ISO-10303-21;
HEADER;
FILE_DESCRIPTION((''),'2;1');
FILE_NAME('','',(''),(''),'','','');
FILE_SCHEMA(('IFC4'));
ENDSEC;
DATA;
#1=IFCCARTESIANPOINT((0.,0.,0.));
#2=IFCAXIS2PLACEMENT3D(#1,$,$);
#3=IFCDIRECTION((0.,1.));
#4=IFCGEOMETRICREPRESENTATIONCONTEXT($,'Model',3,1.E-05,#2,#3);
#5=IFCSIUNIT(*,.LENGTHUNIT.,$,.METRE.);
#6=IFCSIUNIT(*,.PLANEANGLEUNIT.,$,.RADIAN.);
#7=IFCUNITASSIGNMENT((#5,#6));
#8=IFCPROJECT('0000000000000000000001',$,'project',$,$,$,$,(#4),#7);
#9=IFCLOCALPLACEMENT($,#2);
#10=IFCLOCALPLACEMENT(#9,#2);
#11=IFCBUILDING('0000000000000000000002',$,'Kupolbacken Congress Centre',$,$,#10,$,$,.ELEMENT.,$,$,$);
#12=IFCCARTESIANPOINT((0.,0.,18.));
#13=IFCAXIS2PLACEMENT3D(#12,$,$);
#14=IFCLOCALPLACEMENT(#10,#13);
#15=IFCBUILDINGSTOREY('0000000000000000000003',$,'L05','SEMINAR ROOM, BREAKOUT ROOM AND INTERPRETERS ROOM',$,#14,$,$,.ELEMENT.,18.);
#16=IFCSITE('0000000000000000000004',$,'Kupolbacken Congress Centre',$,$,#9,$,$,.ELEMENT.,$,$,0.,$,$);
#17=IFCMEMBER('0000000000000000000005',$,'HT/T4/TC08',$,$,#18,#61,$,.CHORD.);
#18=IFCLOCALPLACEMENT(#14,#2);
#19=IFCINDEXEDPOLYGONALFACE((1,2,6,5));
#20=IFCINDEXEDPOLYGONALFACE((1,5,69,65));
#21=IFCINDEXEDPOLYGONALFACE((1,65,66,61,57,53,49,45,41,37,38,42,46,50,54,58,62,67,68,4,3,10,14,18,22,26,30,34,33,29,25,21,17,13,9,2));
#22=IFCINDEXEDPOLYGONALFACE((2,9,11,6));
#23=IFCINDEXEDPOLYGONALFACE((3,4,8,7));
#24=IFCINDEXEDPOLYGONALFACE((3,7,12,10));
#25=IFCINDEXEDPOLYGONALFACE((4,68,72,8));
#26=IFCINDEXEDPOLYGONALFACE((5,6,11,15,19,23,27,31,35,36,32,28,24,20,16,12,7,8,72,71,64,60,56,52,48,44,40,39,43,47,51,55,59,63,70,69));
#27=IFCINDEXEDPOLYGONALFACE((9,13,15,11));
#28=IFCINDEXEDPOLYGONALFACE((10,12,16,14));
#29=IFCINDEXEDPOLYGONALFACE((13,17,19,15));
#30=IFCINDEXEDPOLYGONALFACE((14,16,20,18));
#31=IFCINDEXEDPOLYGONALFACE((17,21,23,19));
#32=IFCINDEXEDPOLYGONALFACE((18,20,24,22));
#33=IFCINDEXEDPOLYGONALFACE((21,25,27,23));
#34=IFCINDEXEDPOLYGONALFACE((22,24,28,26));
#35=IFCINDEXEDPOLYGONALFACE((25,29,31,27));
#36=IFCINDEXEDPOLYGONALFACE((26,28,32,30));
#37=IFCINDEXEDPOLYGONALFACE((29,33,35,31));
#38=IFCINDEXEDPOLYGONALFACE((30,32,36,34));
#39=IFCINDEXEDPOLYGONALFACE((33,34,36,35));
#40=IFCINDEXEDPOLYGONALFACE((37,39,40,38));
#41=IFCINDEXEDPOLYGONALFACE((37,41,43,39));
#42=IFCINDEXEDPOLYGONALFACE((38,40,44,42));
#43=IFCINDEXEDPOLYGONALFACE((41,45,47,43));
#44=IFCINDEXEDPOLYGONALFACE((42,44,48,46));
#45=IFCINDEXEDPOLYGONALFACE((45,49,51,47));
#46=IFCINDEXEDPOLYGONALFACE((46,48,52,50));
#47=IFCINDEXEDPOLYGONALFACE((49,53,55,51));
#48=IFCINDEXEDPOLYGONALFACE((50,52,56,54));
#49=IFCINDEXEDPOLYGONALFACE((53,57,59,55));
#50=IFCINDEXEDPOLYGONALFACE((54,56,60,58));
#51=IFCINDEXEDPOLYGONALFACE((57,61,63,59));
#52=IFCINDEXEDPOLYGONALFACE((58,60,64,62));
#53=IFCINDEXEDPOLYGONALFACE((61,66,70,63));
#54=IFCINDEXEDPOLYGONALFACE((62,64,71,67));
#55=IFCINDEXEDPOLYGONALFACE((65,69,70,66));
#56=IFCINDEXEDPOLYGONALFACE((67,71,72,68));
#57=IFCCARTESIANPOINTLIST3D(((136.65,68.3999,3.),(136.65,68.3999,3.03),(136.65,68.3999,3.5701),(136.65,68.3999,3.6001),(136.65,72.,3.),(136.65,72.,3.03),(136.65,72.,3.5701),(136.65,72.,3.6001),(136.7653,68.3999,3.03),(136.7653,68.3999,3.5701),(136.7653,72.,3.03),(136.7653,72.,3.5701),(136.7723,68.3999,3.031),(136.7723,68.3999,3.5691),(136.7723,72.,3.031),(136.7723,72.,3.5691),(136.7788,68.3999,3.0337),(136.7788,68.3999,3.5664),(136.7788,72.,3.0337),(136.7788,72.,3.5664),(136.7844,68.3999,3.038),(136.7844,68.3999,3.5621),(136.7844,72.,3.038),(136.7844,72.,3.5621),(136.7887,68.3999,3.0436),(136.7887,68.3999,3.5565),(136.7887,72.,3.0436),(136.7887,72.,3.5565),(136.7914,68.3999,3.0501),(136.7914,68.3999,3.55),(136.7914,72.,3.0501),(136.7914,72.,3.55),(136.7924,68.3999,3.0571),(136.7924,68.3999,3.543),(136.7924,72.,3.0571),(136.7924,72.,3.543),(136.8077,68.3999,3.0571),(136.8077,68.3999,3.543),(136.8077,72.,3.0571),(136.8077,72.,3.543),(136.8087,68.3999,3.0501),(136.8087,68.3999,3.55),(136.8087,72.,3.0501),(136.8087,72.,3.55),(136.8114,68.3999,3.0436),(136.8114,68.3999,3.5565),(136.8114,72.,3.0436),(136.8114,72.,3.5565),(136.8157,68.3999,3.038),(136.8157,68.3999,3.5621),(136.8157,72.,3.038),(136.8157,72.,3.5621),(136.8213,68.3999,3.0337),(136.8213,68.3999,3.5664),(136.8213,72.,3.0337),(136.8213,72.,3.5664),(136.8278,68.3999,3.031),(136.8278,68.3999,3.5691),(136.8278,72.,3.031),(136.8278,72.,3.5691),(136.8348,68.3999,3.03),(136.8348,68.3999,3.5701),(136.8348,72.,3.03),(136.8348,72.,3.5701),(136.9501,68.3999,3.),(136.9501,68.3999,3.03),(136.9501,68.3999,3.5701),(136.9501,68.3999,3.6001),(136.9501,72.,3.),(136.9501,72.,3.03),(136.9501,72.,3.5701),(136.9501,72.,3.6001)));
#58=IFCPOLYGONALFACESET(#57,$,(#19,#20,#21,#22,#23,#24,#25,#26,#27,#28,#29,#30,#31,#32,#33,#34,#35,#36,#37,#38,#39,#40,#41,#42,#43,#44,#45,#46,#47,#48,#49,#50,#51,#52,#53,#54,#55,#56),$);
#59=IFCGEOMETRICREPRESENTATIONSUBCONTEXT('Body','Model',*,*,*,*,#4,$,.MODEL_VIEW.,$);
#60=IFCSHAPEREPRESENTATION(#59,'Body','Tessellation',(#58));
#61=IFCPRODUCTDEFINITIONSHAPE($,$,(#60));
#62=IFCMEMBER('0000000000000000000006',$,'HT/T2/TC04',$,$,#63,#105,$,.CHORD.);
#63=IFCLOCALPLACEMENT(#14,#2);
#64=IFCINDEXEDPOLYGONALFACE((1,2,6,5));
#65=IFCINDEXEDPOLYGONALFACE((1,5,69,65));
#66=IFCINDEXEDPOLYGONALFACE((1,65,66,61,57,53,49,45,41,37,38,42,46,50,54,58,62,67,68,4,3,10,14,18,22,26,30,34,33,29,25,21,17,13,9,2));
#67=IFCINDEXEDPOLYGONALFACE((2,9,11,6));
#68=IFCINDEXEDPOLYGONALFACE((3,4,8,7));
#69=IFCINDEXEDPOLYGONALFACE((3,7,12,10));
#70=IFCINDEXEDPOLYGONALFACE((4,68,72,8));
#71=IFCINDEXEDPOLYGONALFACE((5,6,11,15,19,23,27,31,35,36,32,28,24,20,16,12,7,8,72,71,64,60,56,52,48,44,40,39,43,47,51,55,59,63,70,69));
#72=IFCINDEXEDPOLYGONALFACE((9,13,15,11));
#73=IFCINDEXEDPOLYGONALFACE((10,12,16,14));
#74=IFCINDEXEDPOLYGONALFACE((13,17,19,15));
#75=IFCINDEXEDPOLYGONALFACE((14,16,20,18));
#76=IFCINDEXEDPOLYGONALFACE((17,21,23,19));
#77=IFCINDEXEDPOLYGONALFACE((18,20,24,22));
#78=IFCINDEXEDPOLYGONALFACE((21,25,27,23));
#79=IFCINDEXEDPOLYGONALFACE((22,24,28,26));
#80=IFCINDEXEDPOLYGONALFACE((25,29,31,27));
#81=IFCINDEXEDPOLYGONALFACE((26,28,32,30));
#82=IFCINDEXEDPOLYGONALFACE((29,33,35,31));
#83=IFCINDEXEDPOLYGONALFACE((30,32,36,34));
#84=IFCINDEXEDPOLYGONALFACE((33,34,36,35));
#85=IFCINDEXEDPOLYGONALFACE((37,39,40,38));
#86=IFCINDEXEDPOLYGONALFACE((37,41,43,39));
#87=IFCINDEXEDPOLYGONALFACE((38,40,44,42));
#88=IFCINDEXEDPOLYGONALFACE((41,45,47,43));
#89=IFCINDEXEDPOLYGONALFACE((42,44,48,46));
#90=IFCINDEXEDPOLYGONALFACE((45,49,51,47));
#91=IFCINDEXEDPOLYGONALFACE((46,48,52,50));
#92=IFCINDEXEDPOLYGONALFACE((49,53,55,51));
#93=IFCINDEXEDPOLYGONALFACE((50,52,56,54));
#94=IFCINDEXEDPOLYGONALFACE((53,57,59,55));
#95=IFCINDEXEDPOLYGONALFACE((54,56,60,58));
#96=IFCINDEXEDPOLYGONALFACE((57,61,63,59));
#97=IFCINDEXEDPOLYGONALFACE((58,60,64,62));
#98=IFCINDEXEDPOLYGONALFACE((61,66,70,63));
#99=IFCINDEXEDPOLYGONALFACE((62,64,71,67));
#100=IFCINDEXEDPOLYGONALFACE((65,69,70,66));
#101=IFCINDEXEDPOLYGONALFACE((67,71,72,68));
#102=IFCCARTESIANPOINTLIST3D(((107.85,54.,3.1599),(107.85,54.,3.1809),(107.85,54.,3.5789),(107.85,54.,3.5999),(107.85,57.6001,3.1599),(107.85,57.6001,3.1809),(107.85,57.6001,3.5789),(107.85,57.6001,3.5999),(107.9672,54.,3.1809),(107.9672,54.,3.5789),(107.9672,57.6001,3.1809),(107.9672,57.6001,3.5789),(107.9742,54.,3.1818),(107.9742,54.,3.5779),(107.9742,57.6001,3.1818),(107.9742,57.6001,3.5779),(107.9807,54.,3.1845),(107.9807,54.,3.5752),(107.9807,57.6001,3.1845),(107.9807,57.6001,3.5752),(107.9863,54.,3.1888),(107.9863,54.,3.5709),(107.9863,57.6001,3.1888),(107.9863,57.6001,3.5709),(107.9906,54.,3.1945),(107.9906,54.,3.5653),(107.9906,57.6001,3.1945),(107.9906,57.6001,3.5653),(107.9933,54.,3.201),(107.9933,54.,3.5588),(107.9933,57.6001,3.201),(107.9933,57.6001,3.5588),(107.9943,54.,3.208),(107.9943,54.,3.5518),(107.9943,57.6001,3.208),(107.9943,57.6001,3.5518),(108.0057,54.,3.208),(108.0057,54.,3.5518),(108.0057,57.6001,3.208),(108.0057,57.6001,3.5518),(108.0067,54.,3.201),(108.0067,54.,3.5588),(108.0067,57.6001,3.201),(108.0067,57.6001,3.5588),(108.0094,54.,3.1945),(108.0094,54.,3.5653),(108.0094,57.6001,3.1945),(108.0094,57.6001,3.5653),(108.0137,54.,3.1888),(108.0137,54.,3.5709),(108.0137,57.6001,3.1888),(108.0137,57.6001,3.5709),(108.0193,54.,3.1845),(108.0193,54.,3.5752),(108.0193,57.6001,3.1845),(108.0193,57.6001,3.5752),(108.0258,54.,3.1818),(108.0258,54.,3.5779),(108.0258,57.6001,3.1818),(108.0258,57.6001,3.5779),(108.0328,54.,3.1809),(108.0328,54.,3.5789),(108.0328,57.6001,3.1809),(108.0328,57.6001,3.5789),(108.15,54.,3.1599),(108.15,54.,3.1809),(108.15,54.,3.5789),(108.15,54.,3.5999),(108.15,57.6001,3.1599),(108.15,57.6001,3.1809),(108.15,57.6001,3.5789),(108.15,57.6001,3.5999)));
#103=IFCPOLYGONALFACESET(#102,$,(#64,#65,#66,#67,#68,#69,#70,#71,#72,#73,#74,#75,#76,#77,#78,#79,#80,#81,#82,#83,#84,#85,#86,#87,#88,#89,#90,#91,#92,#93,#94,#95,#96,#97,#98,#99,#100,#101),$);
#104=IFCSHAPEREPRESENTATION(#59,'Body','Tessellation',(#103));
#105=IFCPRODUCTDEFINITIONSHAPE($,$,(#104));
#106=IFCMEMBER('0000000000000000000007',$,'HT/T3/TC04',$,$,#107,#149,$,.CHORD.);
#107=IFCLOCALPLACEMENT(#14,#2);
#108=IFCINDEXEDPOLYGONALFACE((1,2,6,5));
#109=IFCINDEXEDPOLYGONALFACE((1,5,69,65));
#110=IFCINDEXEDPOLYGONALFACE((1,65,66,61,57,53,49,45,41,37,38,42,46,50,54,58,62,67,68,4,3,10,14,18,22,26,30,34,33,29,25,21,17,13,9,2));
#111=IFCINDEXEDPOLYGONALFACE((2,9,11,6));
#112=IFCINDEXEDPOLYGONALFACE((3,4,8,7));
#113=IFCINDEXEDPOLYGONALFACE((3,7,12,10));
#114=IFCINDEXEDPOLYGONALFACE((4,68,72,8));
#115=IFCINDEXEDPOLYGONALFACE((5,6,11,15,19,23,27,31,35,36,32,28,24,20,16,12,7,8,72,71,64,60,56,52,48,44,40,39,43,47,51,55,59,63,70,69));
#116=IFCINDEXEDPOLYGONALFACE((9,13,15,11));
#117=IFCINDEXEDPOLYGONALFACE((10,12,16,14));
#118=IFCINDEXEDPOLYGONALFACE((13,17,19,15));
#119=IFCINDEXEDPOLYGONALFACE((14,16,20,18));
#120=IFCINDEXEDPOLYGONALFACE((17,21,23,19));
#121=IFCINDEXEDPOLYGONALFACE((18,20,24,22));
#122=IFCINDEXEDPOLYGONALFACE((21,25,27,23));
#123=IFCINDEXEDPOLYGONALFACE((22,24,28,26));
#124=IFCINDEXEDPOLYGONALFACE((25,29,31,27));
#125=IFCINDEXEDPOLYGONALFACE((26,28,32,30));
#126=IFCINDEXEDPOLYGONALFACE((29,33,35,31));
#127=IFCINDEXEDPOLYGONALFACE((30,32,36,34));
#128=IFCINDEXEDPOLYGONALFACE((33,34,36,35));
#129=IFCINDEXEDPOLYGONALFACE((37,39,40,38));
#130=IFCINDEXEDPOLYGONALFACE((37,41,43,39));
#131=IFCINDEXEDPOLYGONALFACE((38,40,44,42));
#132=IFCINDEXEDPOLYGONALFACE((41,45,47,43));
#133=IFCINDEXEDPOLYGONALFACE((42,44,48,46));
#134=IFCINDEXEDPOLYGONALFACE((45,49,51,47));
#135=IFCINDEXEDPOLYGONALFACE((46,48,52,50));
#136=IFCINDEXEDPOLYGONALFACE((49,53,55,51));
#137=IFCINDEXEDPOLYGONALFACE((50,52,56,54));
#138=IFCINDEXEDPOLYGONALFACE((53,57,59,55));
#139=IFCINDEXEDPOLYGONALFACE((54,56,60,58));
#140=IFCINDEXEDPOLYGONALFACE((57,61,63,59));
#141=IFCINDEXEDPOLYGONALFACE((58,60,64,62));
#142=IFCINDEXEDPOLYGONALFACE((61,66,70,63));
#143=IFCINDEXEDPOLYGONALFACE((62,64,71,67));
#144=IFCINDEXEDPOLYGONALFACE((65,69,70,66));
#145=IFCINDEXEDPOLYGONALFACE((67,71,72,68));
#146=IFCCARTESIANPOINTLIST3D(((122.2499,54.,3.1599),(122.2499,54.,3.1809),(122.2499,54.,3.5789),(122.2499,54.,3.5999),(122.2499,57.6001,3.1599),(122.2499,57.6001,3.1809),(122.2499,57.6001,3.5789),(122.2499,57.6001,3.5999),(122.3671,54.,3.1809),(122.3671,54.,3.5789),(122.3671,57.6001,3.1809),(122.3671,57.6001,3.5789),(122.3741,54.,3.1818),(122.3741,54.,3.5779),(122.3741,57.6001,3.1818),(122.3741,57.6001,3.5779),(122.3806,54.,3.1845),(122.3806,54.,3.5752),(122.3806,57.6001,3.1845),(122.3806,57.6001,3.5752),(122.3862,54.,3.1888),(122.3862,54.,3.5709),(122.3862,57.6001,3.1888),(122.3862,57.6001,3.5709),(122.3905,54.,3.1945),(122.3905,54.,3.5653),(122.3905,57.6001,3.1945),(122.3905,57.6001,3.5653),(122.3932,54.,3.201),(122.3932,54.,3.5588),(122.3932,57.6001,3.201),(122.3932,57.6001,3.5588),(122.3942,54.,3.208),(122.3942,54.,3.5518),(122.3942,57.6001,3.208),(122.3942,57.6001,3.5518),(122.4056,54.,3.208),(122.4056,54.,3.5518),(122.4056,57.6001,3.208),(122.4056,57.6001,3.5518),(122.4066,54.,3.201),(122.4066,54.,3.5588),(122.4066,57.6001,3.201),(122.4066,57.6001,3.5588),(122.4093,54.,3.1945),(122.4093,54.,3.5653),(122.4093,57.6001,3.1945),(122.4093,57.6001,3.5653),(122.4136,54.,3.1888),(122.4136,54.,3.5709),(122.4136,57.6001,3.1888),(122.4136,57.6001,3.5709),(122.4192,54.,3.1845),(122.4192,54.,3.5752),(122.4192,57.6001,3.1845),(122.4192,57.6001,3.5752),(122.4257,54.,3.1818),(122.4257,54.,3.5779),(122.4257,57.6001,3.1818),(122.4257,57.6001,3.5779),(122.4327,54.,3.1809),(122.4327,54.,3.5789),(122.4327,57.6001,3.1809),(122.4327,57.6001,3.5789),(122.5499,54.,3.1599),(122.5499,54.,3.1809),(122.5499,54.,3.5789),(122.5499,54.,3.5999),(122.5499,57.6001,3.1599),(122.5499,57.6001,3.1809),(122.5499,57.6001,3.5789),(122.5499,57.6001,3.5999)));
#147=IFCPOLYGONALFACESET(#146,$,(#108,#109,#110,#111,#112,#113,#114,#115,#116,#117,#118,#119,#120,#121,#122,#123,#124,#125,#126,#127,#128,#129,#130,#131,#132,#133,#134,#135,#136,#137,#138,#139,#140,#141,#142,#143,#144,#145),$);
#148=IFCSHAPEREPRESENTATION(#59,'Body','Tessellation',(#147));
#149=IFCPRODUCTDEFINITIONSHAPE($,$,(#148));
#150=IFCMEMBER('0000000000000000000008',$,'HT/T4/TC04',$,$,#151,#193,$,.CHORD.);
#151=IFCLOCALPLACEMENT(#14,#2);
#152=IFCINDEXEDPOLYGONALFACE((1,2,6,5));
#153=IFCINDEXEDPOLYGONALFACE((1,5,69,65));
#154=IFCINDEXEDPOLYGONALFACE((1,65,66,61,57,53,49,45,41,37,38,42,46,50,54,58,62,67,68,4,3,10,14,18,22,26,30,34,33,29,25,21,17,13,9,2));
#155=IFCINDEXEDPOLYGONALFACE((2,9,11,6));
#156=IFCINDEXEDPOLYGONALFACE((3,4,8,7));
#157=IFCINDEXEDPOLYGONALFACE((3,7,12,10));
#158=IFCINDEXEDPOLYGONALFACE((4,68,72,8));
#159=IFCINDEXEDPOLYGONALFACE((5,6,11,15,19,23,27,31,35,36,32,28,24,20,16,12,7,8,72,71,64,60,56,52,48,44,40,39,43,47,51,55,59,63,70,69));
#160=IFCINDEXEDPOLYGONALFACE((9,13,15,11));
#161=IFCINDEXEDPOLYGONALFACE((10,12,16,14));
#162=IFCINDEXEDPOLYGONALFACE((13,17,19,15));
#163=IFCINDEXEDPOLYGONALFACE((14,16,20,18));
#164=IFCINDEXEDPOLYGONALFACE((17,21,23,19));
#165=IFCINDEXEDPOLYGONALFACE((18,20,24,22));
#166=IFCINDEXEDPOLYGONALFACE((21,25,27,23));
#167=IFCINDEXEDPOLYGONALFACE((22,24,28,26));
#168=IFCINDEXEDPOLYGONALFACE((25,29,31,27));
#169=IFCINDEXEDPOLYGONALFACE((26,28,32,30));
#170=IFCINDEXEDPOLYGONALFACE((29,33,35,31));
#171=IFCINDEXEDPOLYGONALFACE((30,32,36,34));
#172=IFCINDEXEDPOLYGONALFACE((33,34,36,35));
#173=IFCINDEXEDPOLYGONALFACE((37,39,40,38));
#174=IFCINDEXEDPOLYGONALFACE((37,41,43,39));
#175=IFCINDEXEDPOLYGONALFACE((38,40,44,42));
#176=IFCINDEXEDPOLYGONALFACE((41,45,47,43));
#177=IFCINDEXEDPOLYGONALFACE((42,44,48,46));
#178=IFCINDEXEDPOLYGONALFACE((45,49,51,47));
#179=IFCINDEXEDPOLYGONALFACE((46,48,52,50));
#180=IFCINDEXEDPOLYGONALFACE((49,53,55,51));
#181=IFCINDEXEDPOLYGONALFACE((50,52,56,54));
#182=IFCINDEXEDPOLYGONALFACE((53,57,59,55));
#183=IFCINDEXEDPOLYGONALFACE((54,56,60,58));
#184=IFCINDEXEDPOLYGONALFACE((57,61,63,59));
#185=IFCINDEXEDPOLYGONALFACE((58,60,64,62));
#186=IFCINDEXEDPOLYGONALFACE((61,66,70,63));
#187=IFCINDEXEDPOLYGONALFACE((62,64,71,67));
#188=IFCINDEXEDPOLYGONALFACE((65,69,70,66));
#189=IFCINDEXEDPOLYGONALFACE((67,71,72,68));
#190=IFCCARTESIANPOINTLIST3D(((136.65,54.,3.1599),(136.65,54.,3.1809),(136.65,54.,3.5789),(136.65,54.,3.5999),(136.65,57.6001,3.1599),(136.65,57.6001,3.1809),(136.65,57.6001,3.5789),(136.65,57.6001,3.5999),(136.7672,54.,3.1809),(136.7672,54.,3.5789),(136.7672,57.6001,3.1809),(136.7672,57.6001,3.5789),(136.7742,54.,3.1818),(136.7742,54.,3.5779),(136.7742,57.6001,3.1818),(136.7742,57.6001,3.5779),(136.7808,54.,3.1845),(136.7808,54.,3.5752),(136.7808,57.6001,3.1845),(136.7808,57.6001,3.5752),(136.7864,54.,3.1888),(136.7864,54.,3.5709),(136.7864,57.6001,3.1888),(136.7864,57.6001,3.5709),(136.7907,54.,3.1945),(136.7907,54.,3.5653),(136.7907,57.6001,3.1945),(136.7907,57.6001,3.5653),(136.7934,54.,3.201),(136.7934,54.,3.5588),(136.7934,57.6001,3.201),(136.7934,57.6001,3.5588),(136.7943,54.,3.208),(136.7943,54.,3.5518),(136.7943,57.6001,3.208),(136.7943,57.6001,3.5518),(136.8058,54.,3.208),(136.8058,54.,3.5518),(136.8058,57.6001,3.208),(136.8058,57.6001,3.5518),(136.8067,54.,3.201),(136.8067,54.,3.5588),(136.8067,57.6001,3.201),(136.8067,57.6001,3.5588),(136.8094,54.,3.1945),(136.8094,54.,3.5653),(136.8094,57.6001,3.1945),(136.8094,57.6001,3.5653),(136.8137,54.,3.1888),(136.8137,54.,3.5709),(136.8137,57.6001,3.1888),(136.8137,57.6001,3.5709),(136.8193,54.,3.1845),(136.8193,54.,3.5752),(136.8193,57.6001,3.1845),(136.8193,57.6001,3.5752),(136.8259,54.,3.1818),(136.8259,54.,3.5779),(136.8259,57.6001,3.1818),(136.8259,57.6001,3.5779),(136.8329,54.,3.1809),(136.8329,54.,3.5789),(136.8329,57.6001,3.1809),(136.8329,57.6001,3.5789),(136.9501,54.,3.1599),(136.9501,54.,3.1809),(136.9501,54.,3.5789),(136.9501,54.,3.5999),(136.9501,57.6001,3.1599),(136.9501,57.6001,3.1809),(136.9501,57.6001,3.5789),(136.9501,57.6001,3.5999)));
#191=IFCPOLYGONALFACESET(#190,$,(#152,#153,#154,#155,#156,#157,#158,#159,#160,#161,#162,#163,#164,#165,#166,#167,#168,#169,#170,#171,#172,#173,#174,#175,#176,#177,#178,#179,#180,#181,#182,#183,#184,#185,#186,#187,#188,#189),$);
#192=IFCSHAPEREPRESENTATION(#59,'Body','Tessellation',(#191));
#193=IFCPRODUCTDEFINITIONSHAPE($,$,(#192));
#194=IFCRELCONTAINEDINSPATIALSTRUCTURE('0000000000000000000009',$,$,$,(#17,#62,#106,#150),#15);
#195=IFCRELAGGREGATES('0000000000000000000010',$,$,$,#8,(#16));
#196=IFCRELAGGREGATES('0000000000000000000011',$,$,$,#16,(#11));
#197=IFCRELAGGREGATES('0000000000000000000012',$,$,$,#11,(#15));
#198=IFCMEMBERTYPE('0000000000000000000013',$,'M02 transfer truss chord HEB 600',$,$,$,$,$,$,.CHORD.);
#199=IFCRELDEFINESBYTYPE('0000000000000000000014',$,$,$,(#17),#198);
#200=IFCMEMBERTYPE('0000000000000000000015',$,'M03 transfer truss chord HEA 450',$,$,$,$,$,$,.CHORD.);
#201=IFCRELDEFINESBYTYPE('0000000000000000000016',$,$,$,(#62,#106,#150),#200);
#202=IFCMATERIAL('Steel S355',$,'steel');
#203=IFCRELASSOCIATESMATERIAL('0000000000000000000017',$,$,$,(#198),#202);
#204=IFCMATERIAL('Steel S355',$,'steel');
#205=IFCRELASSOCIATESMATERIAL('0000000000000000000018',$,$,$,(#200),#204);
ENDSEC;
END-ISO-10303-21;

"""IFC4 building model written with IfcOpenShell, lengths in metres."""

from ifc_helpers import new_model, si_unit, direction, frame, origin, origin_2d, place, context, subcontext, project, spatial, i_section, extrude, material, material_profile, profile_set, type_object, element, save


model = new_model("IFC4")

# Units and contexts
model_context = context("Model", 3, precision=1e-05, world=origin(), true_north=direction((0.0, 1.0)))
body_context = subcontext(model_context, "Body", "Model", "MODEL_VIEW")
ifc_project = project(units=[si_unit("LENGTHUNIT", "METRE"), si_unit("PLANEANGLEUNIT", "RADIAN")], contexts=[model_context])

# Site, building, storey
site_placement = place(None, origin())
site = spatial("IfcSite", under=ifc_project, at=site_placement, Name="Kupolbacken Congress Centre", CompositionType="ELEMENT", RefElevation=0.0)
building_placement = place(site_placement, origin())
building = spatial("IfcBuilding", under=site, at=building_placement, Name="Kupolbacken Congress Centre", CompositionType="ELEMENT")
storey_placement = place(building_placement, frame((0.0, 0.0, 18.0)))
storey = spatial("IfcBuildingStorey", under=building, at=storey_placement, Name="L05", Description="SEMINAR ROOM, BREAKOUT ROOM AND INTERPRETERS ROOM", CompositionType="ELEMENT", Elevation=18.0)

# Members
ifc_material_1 = material(Name="Steel S355", Category="steel")
ifc_material_profile_1 = material_profile(ifc_material_1, i_section(OverallWidth=0.3, OverallDepth=0.6001, WebThickness=0.0154, FlangeThickness=0.03, FilletRadius=0.0271, at=origin_2d()), Name="HEB 600")
ifc_profile_set_1 = profile_set([ifc_material_profile_1], Name="Steel S355")
member_type_1 = type_object("IfcMemberType", Name="M02 transfer truss chord HEB 600", PredefinedType="CHORD", material=ifc_profile_set_1)
member_1_placement = place(storey_placement, frame((136.8, 68.3999, 3.3), z_axis=(0.0, 1.0, 0.0), x_axis=(-1.0, 0.0, 0.0)))
element("IfcMember", 1, at=member_1_placement, inside=storey, type_object=member_type_1, Name="HT/T4/TC08", PredefinedType="CHORD", context=body_context, shape_type="SweptSolid", body=[
    extrude(i_section(OverallWidth=0.3, OverallDepth=0.6001, WebThickness=0.0154, FlangeThickness=0.03, FilletRadius=0.0271, at=origin_2d()), origin(), (0.0, 0.0, 1.0), 3.6001),
])
ifc_material_2 = material(Name="Steel S355", Category="steel")
ifc_material_profile_2 = material_profile(ifc_material_2, i_section(OverallWidth=0.3, OverallDepth=0.4399, WebThickness=0.0115, FlangeThickness=0.021, FilletRadius=0.0271, at=origin_2d()), Name="HEA 450")
ifc_profile_set_2 = profile_set([ifc_material_profile_2], Name="Steel S355")
member_type_2 = type_object("IfcMemberType", Name="M03 transfer truss chord HEA 450", PredefinedType="CHORD", material=ifc_profile_set_2)
for number, where, z_axis, x_axis, name in (
    (2, (108.0, 54.0, 3.3799), (0.0, 1.0, 0.0), (-1.0, 0.0, 0.0), "HT/T2/TC04"),
    (3, (122.3999, 54.0, 3.3799), (0.0, 1.0, 0.0), (-1.0, 0.0, 0.0), "HT/T3/TC04"),
    (4, (136.8, 54.0, 3.3799), (0.0, 1.0, 0.0), (-1.0, 0.0, 0.0), "HT/T4/TC04"),
):
    element("IfcMember", number, at=place(storey_placement, frame(where, z_axis=z_axis, x_axis=x_axis)), inside=storey, type_object=member_type_2, Name=name, PredefinedType="CHORD", context=body_context, shape_type="SweptSolid", body=[
        extrude(i_section(OverallWidth=0.3, OverallDepth=0.4399, WebThickness=0.0115, FlangeThickness=0.021, FilletRadius=0.0271, at=origin_2d()), origin(), (0.0, 0.0, 1.0), 3.6001),
    ])

save(model, "model.ifc")
